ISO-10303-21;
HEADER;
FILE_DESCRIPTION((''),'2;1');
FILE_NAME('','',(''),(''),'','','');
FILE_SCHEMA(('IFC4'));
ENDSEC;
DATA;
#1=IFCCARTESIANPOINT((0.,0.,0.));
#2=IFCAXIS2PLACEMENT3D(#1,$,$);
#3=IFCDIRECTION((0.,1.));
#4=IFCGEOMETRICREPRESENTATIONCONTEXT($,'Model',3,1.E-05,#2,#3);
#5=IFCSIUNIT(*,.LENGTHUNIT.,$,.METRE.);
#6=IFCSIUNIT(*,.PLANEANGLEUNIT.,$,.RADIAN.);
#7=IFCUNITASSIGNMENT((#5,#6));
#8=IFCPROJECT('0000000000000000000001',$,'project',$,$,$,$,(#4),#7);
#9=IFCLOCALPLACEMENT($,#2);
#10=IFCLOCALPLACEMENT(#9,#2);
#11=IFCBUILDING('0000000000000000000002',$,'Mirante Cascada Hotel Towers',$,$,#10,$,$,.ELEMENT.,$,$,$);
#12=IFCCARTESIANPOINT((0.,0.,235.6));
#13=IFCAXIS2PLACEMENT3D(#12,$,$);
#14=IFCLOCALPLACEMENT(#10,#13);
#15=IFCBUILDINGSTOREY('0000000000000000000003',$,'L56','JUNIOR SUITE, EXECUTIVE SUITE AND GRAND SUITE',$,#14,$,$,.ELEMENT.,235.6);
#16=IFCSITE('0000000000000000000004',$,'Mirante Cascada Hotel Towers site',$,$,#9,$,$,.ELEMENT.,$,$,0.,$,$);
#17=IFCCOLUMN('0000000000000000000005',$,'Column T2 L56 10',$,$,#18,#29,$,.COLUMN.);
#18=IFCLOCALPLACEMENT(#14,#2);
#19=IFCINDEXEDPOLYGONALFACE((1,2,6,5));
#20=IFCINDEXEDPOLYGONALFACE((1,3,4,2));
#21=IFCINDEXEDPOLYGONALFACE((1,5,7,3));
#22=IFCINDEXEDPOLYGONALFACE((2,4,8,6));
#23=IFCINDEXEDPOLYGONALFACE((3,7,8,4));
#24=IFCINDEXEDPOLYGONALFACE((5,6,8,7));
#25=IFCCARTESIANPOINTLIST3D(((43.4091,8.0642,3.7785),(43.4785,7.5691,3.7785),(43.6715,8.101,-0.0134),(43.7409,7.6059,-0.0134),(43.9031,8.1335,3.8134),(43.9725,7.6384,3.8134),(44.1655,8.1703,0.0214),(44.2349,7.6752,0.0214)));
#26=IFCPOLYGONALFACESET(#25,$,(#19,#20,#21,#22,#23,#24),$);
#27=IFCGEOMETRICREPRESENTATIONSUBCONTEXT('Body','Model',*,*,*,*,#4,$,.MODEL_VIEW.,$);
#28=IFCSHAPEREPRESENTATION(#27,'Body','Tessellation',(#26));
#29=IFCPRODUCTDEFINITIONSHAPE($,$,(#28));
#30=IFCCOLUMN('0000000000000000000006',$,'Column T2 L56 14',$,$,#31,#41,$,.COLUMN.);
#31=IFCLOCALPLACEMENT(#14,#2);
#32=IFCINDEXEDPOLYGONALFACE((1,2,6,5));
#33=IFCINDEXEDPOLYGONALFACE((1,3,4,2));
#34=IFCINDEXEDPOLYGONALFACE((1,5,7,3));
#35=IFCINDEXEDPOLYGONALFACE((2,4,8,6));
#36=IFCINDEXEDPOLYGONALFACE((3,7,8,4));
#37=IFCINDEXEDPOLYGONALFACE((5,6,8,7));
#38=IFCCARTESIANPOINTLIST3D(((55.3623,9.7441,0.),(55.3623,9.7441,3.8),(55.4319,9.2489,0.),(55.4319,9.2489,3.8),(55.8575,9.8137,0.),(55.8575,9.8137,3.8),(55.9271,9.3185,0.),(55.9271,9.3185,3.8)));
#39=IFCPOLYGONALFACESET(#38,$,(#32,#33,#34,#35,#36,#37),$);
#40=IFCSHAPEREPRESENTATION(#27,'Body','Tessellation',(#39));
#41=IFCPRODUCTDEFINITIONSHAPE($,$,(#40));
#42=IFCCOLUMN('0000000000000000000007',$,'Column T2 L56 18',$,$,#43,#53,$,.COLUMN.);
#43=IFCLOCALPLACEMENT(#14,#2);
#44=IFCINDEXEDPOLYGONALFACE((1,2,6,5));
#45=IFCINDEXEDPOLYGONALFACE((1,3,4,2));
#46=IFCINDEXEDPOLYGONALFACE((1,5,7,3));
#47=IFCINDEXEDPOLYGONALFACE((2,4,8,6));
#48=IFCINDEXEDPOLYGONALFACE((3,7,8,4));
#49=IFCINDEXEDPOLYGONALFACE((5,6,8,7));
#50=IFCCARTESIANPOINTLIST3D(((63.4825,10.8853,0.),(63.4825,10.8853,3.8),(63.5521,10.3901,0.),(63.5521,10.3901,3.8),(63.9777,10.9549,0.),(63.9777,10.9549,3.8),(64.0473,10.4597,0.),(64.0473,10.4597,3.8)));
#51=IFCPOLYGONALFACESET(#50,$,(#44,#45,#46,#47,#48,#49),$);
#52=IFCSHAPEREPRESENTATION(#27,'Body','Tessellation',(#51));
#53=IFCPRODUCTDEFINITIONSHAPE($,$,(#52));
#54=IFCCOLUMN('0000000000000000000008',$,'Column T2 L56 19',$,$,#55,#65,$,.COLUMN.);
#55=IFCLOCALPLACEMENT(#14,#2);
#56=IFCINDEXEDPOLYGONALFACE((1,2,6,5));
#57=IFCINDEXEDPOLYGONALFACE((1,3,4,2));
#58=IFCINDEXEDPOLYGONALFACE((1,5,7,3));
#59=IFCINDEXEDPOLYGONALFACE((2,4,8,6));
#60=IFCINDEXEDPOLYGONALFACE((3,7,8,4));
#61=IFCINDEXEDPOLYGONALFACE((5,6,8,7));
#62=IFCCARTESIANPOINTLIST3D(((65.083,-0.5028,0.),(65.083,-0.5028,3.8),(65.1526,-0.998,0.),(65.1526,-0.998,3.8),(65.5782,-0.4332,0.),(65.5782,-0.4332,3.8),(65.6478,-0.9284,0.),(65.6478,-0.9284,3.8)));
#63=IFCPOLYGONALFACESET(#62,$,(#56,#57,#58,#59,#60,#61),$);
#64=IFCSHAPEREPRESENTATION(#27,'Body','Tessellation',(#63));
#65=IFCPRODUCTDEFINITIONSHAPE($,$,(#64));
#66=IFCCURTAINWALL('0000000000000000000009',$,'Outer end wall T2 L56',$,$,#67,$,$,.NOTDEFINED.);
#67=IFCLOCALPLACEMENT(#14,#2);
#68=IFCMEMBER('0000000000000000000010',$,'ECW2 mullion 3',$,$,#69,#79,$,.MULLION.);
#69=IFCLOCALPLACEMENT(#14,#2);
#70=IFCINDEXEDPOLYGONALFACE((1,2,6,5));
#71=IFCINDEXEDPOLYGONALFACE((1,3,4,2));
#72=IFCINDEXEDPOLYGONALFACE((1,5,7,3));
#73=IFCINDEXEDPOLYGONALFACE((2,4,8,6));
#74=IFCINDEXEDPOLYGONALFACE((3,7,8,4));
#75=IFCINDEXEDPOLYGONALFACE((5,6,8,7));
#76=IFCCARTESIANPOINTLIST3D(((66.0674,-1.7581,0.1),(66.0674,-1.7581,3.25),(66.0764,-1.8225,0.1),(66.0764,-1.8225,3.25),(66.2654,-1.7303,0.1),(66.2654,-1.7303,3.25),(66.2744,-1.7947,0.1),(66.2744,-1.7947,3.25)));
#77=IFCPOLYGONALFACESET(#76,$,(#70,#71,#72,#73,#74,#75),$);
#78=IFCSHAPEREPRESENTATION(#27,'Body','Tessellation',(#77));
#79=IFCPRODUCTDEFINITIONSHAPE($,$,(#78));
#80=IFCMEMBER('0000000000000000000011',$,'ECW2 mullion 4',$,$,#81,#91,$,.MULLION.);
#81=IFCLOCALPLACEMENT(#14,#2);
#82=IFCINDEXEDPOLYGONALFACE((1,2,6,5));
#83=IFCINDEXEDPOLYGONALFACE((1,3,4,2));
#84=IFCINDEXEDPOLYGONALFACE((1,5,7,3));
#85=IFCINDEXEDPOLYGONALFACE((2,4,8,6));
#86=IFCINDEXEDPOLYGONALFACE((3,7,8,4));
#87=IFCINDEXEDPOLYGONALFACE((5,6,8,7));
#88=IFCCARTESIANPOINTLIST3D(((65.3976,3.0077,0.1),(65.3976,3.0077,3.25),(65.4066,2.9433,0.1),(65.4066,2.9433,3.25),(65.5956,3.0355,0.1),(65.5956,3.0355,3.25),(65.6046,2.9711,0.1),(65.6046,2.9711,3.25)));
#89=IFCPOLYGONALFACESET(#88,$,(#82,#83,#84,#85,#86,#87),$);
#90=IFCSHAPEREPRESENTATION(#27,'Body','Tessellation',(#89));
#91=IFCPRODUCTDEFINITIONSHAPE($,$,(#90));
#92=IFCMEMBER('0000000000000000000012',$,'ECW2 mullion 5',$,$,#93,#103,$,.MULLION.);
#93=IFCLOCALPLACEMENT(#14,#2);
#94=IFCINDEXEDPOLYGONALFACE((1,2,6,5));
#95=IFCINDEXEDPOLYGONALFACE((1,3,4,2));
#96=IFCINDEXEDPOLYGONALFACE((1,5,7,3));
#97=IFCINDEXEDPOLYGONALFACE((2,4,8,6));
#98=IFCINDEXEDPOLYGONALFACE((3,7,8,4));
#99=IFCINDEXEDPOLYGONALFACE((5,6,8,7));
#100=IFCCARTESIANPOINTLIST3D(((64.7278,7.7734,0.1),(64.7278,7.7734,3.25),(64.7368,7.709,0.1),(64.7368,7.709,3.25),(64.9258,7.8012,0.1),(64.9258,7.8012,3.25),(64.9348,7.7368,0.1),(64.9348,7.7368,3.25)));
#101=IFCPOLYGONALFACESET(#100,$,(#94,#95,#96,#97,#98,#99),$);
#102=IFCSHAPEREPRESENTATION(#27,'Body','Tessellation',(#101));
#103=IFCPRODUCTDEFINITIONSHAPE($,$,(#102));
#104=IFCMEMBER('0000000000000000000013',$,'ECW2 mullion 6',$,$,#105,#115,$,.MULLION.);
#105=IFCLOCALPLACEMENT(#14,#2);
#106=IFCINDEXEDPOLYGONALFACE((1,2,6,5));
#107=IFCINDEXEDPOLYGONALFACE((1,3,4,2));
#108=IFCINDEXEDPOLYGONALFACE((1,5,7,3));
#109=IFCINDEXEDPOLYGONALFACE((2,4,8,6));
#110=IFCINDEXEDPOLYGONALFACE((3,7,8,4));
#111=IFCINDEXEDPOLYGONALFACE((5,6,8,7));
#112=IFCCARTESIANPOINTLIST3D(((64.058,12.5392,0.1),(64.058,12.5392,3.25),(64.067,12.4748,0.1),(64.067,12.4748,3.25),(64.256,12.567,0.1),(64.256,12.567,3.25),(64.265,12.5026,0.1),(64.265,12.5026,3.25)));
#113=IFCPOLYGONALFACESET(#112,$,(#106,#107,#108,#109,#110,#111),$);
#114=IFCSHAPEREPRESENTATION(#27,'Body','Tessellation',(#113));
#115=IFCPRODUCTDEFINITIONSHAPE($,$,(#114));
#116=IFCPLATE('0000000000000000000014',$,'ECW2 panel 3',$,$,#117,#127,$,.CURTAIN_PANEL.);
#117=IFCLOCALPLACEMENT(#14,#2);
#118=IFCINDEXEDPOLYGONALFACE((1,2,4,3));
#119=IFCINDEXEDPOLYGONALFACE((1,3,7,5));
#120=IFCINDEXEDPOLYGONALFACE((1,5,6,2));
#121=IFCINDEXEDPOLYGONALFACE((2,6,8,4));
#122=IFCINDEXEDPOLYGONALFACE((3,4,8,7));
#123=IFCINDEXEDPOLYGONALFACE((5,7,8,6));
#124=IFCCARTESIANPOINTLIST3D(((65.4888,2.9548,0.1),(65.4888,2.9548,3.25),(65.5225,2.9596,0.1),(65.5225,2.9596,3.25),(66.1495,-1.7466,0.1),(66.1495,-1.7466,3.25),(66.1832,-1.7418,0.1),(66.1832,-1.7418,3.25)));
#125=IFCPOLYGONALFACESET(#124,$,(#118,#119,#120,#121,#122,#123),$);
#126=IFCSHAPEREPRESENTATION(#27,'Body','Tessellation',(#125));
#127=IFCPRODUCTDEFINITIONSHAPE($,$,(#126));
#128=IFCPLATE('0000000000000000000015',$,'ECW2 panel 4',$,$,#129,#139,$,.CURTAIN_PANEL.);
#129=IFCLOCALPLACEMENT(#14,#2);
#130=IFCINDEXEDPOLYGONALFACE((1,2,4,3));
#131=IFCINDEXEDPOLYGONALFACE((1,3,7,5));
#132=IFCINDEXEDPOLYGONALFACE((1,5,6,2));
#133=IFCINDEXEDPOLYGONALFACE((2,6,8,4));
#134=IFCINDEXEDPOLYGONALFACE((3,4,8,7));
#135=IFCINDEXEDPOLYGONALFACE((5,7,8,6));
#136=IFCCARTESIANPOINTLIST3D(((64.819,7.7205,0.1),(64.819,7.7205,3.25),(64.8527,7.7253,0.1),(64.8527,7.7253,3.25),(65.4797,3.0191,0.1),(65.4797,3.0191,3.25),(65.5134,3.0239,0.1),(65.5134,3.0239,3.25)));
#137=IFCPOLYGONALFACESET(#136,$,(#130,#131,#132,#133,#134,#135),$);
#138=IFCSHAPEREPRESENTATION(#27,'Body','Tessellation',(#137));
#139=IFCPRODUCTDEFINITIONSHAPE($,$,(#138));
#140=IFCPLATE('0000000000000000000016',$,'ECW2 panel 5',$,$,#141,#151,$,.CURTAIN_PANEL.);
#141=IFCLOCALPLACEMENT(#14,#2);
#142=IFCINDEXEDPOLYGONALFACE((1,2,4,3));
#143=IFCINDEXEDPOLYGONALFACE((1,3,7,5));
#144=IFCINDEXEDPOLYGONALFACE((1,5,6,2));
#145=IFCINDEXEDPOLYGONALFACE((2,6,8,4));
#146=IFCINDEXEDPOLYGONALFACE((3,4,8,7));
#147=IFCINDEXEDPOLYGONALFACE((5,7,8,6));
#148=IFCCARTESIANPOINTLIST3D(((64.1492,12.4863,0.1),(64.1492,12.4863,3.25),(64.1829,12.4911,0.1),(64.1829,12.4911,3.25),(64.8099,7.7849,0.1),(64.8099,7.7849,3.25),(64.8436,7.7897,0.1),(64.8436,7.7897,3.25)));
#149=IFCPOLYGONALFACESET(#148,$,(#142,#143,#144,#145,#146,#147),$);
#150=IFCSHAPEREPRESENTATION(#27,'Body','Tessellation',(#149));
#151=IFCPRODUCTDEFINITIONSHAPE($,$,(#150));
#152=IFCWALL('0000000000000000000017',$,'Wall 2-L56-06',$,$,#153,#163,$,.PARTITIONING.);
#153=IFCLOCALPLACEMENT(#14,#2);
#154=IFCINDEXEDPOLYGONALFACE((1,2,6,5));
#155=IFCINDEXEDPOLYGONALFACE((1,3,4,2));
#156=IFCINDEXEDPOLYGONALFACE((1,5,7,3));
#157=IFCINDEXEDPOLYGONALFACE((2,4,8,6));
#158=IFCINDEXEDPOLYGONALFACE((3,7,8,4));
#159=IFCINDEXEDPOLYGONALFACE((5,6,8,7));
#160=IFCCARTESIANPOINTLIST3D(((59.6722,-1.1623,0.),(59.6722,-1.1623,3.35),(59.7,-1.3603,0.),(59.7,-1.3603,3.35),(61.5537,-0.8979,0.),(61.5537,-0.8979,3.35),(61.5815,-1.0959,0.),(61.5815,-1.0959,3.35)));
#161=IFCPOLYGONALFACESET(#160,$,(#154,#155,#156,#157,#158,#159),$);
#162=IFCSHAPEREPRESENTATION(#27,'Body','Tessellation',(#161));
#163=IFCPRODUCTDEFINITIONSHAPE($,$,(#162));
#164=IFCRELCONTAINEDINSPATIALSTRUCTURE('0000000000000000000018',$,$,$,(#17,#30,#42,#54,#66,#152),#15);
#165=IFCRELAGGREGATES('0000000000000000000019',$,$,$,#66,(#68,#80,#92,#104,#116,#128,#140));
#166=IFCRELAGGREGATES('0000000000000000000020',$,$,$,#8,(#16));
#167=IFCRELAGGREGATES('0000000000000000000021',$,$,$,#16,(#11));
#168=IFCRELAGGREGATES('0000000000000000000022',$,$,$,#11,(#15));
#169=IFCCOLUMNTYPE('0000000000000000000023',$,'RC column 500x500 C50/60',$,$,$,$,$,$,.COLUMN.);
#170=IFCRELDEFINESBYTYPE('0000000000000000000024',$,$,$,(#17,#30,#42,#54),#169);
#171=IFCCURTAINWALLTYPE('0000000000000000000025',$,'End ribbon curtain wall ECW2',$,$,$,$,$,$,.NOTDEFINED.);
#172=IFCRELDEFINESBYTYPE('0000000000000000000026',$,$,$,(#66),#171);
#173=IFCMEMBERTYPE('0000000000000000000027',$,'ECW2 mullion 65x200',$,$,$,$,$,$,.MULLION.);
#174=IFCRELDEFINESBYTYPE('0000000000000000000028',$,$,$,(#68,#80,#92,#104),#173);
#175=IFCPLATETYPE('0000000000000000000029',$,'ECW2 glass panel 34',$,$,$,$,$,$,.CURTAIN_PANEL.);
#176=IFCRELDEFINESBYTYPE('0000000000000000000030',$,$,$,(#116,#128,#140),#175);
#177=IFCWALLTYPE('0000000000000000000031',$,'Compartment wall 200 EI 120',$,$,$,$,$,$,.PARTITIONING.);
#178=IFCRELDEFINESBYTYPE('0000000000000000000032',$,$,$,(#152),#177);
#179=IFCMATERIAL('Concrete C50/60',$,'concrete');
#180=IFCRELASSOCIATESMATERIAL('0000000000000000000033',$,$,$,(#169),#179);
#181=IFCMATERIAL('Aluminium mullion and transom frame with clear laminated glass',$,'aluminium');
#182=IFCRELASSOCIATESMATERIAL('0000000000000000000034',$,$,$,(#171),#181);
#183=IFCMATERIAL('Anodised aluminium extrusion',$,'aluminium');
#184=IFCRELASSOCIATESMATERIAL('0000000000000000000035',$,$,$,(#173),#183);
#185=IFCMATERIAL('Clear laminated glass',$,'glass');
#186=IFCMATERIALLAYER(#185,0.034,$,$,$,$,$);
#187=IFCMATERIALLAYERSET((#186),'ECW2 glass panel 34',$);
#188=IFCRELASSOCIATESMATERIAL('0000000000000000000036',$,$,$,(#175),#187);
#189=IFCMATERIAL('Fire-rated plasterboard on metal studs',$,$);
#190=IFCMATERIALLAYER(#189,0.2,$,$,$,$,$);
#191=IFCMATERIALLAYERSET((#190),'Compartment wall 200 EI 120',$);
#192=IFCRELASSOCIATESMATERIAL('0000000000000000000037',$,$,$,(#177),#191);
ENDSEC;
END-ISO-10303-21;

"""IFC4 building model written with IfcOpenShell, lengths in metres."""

from ifc_helpers import new_model, si_unit, direction, frame, frame_2d, origin, origin_2d, place, context, subcontext, project, spatial, rectangle, extrude, material, layer, layer_set, material_profile, profile_set, type_object, element, aggregate, save


model = new_model("IFC4")

# Units and contexts
model_context = context("Model", 3, precision=1e-05, world=origin(), true_north=direction((0.0, 1.0)))
body_context = subcontext(model_context, "Body", "Model", "MODEL_VIEW")
ifc_project = project(units=[si_unit("LENGTHUNIT", "METRE"), si_unit("PLANEANGLEUNIT", "RADIAN")], contexts=[model_context])

# Site, building, storey
site_placement = place(None, origin())
site = spatial("IfcSite", under=ifc_project, at=site_placement, Name="Mirante Cascada Hotel Towers site", CompositionType="ELEMENT", RefElevation=0.0)
building_placement = place(site_placement, origin())
building = spatial("IfcBuilding", under=site, at=building_placement, Name="Mirante Cascada Hotel Towers", CompositionType="ELEMENT")
storey_placement = place(building_placement, frame((0.0, 0.0, 235.6)))
storey = spatial("IfcBuildingStorey", under=building, at=storey_placement, Name="L56", Description="JUNIOR SUITE, EXECUTIVE SUITE AND GRAND SUITE", CompositionType="ELEMENT", Elevation=235.6)

# Columns
ifc_material_1 = material(Name="Concrete C50/60", Category="concrete")
ifc_material_profile_1 = material_profile(ifc_material_1, rectangle(XDim=0.5, YDim=0.5, at=origin_2d()), Name="RC column 500x500 C50/60")
ifc_profile_set_1 = profile_set([ifc_material_profile_1], Name="Concrete C50/60")
column_type = type_object("IfcColumnType", Name="RC column 500x500 C50/60", PredefinedType="COLUMN", material=ifc_profile_set_1)
column_placement = place(storey_placement, frame((43.9532, 7.8881, 0.004), z_axis=(-0.06903, -0.009681, 0.997568), x_axis=(0.138885, -0.990309, 0.0)))
element("IfcColumn", 1, at=column_placement, inside=storey, type_object=column_type, Name="Column T2 L56 10", PredefinedType="COLUMN", context=body_context, shape_type="SweptSolid", body=[
    extrude(rectangle(XDim=0.5, YDim=0.5, at=origin_2d()), origin(), (0.0, 0.0, 1.0), 3.8012),
])
for number, where, z_axis, x_axis, name in (
    (2, (55.6447, 9.5313, 0.0), (0.0, 0.0, 1.0), (0.990268, 0.139173, 0.0), "Column T2 L56 14"),
    (3, (63.7649, 10.6725, 0.0), (0.0, 0.0, 1.0), (0.990268, 0.139173, 0.0), "Column T2 L56 18"),
    (4, (65.3654, -0.7156, 0.0), (0.0, 0.0, 1.0), (0.990268, 0.139173, 0.0), "Column T2 L56 19"),
):
    element("IfcColumn", number, at=place(storey_placement, frame(where, z_axis=z_axis, x_axis=x_axis)), inside=storey, type_object=column_type, Name=name, PredefinedType="COLUMN", context=body_context, shape_type="SweptSolid", body=[
        extrude(rectangle(XDim=0.5, YDim=0.5, at=origin_2d()), origin(), (0.0, 0.0, 1.0), 3.8),
    ])

# Curtain wall, members, plates
ifc_material_2 = material(Name="Aluminium mullion and transom frame with clear laminated glass", Category="aluminium")
curtain_wall_type = type_object("IfcCurtainWallType", Name="End ribbon curtain wall ECW2", PredefinedType="NOTDEFINED", material=ifc_material_2)
curtain_wall_placement = place(storey_placement, origin())
curtain_wall = element("IfcCurtainWall", 5, at=curtain_wall_placement, inside=storey, type_object=curtain_wall_type, Name="Outer end wall T2 L56", PredefinedType="NOTDEFINED")
ifc_material_3 = material(Name="Anodised aluminium extrusion", Category="aluminium")
ifc_material_profile_2 = material_profile(ifc_material_3, rectangle(XDim=0.2, YDim=0.065, at=origin_2d()), Name="ECW2 MULLION 65x200")
ifc_profile_set_2 = profile_set([ifc_material_profile_2], Name="Anodised aluminium extrusion")
member_type = type_object("IfcMemberType", Name="ECW2 mullion 65x200", PredefinedType="MULLION", material=ifc_profile_set_2)
member_1_placement = place(storey_placement, frame((66.1709, -1.7764, 0.1), z_axis=(0.0, 0.0, 1.0), x_axis=(-0.990268, -0.139173, 0.0)))
member_1 = element("IfcMember", 6, at=member_1_placement, type_object=member_type, Name="ECW2 mullion 3", PredefinedType="MULLION", context=body_context, shape_type="SweptSolid", body=[
    extrude(rectangle(XDim=0.2, YDim=0.065, at=origin_2d()), origin(), (0.0, 0.0, 1.0), 3.15),
])
member_2_placement = place(storey_placement, frame((65.5011, 2.9894, 0.1), z_axis=(0.0, 0.0, 1.0), x_axis=(-0.990268, -0.139173, 0.0)))
member_2 = element("IfcMember", 7, at=member_2_placement, type_object=member_type, Name="ECW2 mullion 4", PredefinedType="MULLION", context=body_context, shape_type="SweptSolid", body=[
    extrude(rectangle(XDim=0.2, YDim=0.065, at=origin_2d()), origin(), (0.0, 0.0, 1.0), 3.15),
])
member_3_placement = place(storey_placement, frame((64.8313, 7.7551, 0.1), z_axis=(0.0, 0.0, 1.0), x_axis=(-0.990268, -0.139173, 0.0)))
member_3 = element("IfcMember", 8, at=member_3_placement, type_object=member_type, Name="ECW2 mullion 5", PredefinedType="MULLION", context=body_context, shape_type="SweptSolid", body=[
    extrude(rectangle(XDim=0.2, YDim=0.065, at=origin_2d()), origin(), (0.0, 0.0, 1.0), 3.15),
])
member_4_placement = place(storey_placement, frame((64.1615, 12.5209, 0.1), z_axis=(0.0, 0.0, 1.0), x_axis=(-0.990268, -0.139173, 0.0)))
member_4 = element("IfcMember", 9, at=member_4_placement, type_object=member_type, Name="ECW2 mullion 6", PredefinedType="MULLION", context=body_context, shape_type="SweptSolid", body=[
    extrude(rectangle(XDim=0.2, YDim=0.065, at=origin_2d()), origin(), (0.0, 0.0, 1.0), 3.15),
])
ifc_material_4 = material(Name="Clear laminated glass", Category="glass")
ifc_layer_1 = layer(ifc_material_4, 0.034)
ifc_layer_set_1 = layer_set([ifc_layer_1], Name="ECW2 glass panel 34")
plate_type = type_object("IfcPlateType", Name="ECW2 glass panel 34", PredefinedType="CURTAIN_PANEL", material=ifc_layer_set_1)
plate_1_placement = place(storey_placement, frame((65.836, 0.6065, 0.1), z_axis=(0.0, 0.0, 1.0), x_axis=(-0.139173, 0.990268, 0.0)))
plate_1 = element("IfcPlate", 10, at=plate_1_placement, type_object=plate_type, Name="ECW2 panel 3", PredefinedType="CURTAIN_PANEL", context=body_context, shape_type="SweptSolid", body=[
    extrude(rectangle(XDim=4.7476, YDim=0.034, at=origin_2d()), origin(), (0.0, 0.0, 1.0), 3.15),
])
plate_2_placement = place(storey_placement, frame((65.1662, 5.3722, 0.1), z_axis=(0.0, 0.0, 1.0), x_axis=(-0.139173, 0.990268, 0.0)))
plate_2 = element("IfcPlate", 11, at=plate_2_placement, type_object=plate_type, Name="ECW2 panel 4", PredefinedType="CURTAIN_PANEL", context=body_context, shape_type="SweptSolid", body=[
    extrude(rectangle(XDim=4.7476, YDim=0.034, at=origin_2d()), origin(), (0.0, 0.0, 1.0), 3.15),
])
plate_3_placement = place(storey_placement, frame((64.4964, 10.138, 0.1), z_axis=(0.0, 0.0, 1.0), x_axis=(-0.139173, 0.990268, 0.0)))
plate_3 = element("IfcPlate", 12, at=plate_3_placement, type_object=plate_type, Name="ECW2 panel 5", PredefinedType="CURTAIN_PANEL", context=body_context, shape_type="SweptSolid", body=[
    extrude(rectangle(XDim=4.7476, YDim=0.034, at=origin_2d()), origin(), (0.0, 0.0, 1.0), 3.15),
])
aggregate(curtain_wall, [member_1, member_2, member_3, member_4, plate_1, plate_2, plate_3])

# Wall
ifc_material_5 = material(Name="Fire-rated plasterboard on metal studs")
ifc_layer_2 = layer(ifc_material_5, 0.2)
ifc_layer_set_2 = layer_set([ifc_layer_2], Name="Compartment wall 200 EI 120")
wall_type_1 = type_object("IfcWallType", Name="Compartment wall 200 EI 120", PredefinedType="PARTITIONING", material=ifc_layer_set_2)
wall_1_placement = place(storey_placement, frame((61.5676, -0.9969, 0.0), z_axis=(0.0, 0.0, 1.0), x_axis=(-0.99027, -0.139159, 0.0)))
element("IfcWall", 13, at=wall_1_placement, inside=storey, type_object=wall_type_1, Name="Wall 2-L56-06", PredefinedType="PARTITIONING", context=body_context, shape_type="SweptSolid", body=[
    extrude(rectangle(XDim=1.9, YDim=0.2, at=frame_2d((0.95, 0.0))), origin(), (0.0, 0.0, 1.0), 3.35),
])

save(model, "model.ifc")
